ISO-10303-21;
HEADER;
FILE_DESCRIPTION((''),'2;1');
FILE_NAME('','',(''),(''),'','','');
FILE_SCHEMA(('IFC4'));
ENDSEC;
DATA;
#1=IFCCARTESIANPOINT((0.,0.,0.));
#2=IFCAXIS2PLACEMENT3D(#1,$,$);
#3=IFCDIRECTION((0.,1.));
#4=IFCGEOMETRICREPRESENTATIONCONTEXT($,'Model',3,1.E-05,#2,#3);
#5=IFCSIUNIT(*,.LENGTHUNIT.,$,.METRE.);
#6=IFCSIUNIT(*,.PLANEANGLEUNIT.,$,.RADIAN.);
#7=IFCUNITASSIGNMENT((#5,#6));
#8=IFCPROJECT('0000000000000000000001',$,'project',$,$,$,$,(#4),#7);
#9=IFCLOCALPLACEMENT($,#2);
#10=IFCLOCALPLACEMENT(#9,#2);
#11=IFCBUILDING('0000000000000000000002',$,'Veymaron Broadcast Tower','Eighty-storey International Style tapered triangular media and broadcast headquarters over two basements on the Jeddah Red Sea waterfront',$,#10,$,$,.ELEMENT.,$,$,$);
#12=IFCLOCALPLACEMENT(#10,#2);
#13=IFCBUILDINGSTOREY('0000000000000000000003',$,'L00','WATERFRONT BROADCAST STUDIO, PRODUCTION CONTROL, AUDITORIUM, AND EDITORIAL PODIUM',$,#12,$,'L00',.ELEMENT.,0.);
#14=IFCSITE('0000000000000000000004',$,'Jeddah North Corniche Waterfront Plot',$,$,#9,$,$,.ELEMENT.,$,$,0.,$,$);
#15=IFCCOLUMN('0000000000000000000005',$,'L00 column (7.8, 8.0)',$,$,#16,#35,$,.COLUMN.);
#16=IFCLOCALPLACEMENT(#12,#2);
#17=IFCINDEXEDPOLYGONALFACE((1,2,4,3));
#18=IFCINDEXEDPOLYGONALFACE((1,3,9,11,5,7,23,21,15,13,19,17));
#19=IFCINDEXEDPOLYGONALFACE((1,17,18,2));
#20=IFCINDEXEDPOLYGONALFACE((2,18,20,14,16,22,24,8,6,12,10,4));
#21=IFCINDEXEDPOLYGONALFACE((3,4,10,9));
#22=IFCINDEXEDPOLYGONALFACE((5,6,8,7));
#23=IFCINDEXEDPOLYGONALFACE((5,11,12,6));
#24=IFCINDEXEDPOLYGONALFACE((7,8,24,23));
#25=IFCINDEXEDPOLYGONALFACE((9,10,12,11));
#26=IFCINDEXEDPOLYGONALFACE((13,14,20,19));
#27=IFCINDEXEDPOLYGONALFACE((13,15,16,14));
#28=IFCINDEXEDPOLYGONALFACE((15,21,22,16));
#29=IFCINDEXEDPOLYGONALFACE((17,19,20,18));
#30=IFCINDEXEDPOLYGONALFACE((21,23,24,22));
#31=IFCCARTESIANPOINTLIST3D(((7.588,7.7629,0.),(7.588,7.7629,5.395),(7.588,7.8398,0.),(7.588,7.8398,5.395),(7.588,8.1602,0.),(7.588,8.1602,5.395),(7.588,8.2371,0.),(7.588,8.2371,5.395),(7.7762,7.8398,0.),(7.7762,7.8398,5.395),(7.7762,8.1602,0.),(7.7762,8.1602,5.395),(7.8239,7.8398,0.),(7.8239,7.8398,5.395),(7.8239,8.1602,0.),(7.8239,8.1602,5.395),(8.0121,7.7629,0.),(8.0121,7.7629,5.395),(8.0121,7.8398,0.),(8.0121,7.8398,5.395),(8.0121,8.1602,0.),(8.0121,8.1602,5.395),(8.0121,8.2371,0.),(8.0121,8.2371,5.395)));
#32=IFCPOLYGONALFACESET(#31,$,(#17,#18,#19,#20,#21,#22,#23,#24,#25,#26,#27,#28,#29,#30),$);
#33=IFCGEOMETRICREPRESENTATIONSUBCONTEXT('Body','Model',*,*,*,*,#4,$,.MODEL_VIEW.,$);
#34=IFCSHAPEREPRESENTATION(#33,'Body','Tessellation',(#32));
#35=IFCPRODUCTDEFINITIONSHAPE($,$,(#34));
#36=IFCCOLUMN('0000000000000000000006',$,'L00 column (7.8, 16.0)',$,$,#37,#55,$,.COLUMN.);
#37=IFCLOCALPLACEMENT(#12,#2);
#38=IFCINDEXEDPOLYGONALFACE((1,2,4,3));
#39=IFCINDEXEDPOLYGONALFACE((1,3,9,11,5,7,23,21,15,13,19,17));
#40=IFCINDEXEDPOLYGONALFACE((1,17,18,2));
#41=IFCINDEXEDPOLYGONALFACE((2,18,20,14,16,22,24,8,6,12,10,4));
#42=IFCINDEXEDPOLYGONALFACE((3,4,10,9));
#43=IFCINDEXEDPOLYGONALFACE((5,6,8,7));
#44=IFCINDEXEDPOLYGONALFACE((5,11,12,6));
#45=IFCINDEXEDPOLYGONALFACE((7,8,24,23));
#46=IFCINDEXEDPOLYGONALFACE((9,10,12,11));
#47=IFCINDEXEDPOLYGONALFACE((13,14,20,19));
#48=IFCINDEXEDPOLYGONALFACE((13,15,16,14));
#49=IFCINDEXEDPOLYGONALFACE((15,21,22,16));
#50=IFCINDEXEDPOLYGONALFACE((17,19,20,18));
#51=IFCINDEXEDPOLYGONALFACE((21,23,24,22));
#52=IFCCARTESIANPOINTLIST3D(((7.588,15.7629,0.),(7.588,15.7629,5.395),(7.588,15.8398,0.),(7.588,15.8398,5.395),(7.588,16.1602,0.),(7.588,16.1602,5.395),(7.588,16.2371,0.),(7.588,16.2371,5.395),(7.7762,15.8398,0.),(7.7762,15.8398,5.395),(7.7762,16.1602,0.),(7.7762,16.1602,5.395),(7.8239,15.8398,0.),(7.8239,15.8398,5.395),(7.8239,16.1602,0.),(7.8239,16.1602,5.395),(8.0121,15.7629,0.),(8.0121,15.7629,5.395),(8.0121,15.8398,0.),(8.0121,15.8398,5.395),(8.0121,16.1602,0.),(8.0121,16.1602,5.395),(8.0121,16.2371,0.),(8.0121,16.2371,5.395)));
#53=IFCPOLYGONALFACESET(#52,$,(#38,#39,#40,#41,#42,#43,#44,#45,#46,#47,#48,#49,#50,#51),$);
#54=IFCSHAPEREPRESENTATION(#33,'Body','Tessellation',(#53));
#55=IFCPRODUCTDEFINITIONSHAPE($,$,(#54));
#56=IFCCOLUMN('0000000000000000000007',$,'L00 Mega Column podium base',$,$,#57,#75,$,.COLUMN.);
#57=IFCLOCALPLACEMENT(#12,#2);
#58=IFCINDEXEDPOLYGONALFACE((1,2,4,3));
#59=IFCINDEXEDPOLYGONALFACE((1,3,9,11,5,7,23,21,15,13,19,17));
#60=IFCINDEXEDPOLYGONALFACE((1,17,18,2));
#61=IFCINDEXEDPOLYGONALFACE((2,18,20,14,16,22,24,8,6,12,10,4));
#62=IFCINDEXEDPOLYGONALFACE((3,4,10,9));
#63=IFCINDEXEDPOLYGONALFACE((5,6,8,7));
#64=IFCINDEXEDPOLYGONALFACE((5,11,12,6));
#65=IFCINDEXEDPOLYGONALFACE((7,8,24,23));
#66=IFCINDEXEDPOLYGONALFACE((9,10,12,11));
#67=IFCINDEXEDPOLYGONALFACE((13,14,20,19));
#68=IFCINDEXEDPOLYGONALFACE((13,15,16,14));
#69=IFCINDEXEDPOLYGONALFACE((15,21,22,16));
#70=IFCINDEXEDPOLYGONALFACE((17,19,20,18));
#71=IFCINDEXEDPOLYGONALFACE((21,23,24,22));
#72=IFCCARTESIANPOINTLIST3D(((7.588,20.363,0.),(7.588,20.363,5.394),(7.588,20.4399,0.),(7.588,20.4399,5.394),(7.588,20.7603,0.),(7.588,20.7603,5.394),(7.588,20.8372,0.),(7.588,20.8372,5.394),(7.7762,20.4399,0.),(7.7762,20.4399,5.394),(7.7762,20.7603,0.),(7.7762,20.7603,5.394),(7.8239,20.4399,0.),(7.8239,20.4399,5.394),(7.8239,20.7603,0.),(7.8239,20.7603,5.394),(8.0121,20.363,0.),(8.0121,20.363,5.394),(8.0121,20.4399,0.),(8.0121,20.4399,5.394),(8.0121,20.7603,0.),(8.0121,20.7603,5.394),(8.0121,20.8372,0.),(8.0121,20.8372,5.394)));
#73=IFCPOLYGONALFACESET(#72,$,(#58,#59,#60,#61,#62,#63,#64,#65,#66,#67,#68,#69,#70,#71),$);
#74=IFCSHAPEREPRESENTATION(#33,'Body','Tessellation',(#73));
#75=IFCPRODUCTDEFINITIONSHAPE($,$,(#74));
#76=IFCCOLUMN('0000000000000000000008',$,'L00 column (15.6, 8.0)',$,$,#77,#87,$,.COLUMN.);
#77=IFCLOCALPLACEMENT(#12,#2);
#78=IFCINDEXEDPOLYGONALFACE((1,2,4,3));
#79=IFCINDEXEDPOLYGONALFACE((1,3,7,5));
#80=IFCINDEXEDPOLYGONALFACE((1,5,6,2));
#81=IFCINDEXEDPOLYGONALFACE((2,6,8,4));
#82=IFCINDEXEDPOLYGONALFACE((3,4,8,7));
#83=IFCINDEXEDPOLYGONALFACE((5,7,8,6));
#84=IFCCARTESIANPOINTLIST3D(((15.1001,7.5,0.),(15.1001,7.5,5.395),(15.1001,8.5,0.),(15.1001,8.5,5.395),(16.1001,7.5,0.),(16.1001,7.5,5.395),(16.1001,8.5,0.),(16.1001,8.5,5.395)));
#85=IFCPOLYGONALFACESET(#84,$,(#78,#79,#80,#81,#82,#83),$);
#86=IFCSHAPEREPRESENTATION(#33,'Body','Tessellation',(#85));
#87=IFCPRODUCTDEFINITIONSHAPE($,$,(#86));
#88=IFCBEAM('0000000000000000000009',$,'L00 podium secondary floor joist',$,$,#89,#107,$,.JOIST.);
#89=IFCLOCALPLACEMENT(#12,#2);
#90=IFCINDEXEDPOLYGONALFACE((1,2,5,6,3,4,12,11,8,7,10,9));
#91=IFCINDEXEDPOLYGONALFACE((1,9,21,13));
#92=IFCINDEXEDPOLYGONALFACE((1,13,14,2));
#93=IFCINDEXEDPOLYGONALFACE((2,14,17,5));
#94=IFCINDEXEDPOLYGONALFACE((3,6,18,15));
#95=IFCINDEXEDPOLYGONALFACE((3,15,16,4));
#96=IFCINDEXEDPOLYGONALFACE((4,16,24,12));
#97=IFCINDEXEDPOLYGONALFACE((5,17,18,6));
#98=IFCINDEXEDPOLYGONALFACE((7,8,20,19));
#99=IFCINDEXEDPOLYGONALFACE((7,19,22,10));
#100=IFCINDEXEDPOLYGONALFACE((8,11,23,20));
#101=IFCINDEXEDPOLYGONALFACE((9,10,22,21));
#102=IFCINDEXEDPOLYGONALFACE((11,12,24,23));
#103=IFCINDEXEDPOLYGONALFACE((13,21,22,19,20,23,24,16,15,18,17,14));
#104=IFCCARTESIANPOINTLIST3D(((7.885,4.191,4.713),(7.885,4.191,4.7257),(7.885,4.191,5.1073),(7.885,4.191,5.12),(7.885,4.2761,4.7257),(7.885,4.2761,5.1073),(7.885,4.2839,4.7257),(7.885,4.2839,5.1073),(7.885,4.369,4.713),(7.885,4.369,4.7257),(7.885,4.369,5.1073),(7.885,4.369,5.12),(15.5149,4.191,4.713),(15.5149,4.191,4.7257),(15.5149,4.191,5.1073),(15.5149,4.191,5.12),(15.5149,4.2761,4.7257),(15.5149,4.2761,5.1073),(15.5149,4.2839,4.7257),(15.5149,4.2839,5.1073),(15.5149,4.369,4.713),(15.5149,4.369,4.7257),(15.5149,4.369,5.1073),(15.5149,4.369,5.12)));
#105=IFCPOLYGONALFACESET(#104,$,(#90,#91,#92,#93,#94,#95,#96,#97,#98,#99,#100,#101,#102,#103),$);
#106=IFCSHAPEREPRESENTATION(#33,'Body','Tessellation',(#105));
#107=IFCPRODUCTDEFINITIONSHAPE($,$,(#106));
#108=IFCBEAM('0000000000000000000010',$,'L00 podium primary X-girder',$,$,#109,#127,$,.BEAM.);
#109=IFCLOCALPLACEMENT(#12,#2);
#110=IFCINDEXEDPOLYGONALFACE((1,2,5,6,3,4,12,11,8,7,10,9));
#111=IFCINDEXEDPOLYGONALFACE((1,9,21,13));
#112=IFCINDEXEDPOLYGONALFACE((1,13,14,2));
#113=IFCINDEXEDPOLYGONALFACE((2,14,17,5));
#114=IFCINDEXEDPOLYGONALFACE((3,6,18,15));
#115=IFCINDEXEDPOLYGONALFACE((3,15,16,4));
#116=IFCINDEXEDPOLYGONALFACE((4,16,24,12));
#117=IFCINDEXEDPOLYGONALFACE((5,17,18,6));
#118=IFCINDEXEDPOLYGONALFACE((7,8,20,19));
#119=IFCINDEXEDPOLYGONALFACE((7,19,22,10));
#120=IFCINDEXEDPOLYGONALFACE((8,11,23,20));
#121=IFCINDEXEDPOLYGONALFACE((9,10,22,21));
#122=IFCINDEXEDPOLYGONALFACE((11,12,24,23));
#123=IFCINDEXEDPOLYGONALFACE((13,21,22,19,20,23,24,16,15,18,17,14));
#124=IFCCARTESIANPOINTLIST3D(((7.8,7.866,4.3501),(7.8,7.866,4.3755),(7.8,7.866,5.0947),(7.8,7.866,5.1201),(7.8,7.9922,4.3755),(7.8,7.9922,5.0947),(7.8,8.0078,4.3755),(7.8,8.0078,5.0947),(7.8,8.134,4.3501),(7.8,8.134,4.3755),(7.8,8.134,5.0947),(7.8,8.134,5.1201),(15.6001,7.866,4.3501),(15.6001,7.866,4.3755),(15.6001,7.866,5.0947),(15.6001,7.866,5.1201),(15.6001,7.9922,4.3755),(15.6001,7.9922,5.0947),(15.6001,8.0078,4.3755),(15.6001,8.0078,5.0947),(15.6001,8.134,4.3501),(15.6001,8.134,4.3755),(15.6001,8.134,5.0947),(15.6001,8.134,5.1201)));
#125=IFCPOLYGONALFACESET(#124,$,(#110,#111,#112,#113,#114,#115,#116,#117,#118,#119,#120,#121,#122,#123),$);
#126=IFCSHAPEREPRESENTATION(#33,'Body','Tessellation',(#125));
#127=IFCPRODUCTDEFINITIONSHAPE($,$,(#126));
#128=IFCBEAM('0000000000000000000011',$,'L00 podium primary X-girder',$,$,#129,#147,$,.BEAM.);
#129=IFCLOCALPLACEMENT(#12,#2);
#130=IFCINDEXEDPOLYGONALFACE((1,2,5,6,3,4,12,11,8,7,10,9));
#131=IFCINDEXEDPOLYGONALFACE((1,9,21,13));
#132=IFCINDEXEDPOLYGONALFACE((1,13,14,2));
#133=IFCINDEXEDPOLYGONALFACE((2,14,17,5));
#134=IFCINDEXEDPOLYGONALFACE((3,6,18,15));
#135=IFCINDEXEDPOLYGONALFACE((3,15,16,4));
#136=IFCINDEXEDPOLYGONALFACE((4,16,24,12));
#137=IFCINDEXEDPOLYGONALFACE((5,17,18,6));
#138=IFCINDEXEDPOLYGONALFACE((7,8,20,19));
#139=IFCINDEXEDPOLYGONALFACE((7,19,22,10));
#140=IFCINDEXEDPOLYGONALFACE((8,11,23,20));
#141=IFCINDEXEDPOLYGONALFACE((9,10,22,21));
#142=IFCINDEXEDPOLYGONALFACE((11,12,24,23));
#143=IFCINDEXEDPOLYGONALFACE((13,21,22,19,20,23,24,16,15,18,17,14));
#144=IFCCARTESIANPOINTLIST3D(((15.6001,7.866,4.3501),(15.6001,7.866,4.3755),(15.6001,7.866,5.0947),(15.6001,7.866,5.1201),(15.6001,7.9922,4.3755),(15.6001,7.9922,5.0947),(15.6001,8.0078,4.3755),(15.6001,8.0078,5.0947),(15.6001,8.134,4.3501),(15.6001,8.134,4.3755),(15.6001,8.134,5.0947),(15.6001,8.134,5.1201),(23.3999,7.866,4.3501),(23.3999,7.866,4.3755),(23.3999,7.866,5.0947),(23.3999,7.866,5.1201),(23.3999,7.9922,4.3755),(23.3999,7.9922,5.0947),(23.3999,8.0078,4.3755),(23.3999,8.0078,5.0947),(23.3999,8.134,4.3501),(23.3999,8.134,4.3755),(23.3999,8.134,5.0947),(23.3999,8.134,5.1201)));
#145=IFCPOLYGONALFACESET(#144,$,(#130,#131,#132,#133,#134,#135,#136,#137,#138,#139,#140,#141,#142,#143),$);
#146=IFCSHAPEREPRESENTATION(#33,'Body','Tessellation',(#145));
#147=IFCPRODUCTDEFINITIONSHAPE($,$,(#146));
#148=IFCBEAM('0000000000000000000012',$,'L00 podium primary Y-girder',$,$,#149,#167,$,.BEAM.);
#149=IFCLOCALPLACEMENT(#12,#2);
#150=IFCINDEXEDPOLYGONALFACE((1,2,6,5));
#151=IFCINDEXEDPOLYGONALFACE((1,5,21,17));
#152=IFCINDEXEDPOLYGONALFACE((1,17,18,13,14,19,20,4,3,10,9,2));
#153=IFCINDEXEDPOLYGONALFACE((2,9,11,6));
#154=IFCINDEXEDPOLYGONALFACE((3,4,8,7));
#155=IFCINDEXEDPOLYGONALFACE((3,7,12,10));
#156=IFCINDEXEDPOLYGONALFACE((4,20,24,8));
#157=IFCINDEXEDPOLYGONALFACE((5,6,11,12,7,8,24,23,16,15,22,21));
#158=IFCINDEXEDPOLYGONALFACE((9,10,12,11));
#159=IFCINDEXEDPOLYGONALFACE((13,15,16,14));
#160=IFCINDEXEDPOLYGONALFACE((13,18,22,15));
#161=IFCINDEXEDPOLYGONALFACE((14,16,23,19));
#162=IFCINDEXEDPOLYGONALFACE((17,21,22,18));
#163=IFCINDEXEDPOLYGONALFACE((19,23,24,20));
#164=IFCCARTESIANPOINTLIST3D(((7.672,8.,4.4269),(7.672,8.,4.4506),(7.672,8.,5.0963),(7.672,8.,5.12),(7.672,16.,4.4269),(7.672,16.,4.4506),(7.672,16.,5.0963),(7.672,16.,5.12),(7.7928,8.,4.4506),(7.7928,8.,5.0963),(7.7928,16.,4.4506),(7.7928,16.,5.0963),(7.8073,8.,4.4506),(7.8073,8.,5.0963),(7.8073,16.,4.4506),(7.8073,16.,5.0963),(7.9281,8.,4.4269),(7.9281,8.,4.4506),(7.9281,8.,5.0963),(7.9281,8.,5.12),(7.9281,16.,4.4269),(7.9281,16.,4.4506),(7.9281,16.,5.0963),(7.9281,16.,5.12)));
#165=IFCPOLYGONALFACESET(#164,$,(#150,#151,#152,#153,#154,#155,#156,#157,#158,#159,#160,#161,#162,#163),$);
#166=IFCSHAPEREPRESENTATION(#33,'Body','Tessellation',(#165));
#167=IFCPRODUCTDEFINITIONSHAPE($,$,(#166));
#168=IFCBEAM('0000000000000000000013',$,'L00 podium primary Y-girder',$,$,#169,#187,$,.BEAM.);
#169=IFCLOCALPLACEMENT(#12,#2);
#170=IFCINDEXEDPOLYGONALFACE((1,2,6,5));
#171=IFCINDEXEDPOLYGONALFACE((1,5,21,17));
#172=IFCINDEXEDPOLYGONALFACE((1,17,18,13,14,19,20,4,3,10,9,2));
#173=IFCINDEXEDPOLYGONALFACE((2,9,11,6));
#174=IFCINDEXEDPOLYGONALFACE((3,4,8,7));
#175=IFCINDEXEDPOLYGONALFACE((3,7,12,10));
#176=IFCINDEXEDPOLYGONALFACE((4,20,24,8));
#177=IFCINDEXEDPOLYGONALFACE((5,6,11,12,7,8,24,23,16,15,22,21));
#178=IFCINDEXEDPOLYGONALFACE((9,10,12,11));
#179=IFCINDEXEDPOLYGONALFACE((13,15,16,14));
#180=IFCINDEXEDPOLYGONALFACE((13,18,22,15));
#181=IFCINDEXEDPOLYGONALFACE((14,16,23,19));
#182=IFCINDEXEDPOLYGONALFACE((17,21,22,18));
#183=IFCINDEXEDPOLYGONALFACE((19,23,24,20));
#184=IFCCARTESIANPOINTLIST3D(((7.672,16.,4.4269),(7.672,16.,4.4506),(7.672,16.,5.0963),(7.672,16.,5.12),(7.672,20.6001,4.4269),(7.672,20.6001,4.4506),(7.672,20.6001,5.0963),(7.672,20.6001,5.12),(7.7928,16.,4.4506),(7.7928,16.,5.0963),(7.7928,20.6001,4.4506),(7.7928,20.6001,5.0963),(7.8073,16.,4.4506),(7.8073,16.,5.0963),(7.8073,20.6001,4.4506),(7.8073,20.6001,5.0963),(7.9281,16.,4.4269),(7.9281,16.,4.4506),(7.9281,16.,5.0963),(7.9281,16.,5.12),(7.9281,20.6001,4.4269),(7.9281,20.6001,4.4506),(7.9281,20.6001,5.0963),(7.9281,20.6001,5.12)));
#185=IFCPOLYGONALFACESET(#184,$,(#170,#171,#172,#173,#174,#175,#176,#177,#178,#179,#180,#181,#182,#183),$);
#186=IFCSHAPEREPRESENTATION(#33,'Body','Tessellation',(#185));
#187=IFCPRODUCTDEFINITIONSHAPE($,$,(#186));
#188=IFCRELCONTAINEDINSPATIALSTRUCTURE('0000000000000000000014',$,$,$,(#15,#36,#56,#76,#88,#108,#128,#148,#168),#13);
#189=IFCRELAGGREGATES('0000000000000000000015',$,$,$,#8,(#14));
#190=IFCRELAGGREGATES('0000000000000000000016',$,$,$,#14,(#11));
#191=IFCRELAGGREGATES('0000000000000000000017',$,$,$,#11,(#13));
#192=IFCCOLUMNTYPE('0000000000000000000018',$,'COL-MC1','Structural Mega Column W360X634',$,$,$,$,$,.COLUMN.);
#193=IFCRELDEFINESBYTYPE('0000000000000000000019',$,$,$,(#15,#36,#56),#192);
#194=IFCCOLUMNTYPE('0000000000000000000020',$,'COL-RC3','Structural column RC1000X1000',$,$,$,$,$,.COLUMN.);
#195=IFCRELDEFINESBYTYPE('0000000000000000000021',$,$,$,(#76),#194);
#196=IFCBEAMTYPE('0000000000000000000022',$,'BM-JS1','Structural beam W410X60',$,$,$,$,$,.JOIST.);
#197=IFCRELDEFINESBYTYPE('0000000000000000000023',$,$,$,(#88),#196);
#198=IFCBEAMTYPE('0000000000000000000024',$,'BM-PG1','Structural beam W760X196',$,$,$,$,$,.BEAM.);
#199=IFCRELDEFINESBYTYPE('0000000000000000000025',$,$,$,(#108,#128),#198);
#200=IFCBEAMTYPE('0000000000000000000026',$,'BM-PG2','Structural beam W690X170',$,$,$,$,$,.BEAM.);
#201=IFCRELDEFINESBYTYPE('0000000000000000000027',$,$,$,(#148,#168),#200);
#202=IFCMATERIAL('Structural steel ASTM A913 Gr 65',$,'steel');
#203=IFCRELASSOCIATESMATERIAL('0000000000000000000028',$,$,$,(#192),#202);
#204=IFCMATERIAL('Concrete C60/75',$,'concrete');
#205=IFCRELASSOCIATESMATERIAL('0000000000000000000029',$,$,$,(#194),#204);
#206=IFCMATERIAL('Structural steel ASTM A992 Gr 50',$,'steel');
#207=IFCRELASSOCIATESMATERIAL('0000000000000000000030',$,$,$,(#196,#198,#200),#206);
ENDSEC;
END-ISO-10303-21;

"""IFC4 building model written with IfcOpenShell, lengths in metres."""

from ifc_helpers import new_model, si_unit, direction, frame, origin, origin_2d, place, context, subcontext, project, spatial, rectangle, i_section, extrude, material, material_profile, profile_set, type_object, element, save


model = new_model("IFC4")

# Units and contexts
model_context = context("Model", 3, precision=1e-05, world=origin(), true_north=direction((0.0, 1.0)))
body_context = subcontext(model_context, "Body", "Model", "MODEL_VIEW")
ifc_project = project(units=[si_unit("LENGTHUNIT", "METRE"), si_unit("PLANEANGLEUNIT", "RADIAN")], contexts=[model_context])

# Site, building, storey
site_placement = place(None, origin())
site = spatial("IfcSite", under=ifc_project, at=site_placement, Name="Jeddah North Corniche Waterfront Plot", CompositionType="ELEMENT", RefElevation=0.0)
building_placement = place(site_placement, origin())
building = spatial("IfcBuilding", under=site, at=building_placement, Name="Veymaron Broadcast Tower", Description="Eighty-storey International Style tapered triangular media and broadcast headquarters over two basements on the Jeddah Red Sea waterfront", CompositionType="ELEMENT")
storey_placement = place(building_placement, origin())
storey = spatial("IfcBuildingStorey", under=building, at=storey_placement, Name="L00", Description="WATERFRONT BROADCAST STUDIO, PRODUCTION CONTROL, AUDITORIUM, AND EDITORIAL PODIUM", LongName="L00", CompositionType="ELEMENT", Elevation=0.0)

# Columns
ifc_material_1 = material(Name="Structural steel ASTM A913 Gr 65", Category="steel")
ifc_material_profile_1 = material_profile(ifc_material_1, i_section(OverallWidth=0.4241, OverallDepth=0.4741, WebThickness=0.0476, FlangeThickness=0.0769, at=origin_2d()), Name="W360X634")
ifc_profile_set_1 = profile_set([ifc_material_profile_1], Name="Structural steel ASTM A913 Gr 65")
column_type_1 = type_object("IfcColumnType", Name="COL-MC1", Description="Structural Mega Column W360X634", PredefinedType="COLUMN", material=ifc_profile_set_1)
for number, where, z_axis, x_axis, name in (
    (1, (7.8, 8.0, 0.0), (0.0, 0.0, 1.0), (1.0, 0.0, 0.0), "L00 column (7.8, 8.0)"),
    (2, (7.8, 16.0, 0.0), (0.0, 0.0, 1.0), (1.0, 0.0, 0.0), "L00 column (7.8, 16.0)"),
):
    element("IfcColumn", number, at=place(storey_placement, frame(where, z_axis=z_axis, x_axis=x_axis)), inside=storey, type_object=column_type_1, Name=name, PredefinedType="COLUMN", context=body_context, shape_type="SweptSolid", body=[
        extrude(i_section(OverallWidth=0.4241, OverallDepth=0.4741, WebThickness=0.0476, FlangeThickness=0.0769, at=origin_2d()), origin(), (0.0, 0.0, 1.0), 5.395),
    ])
column_1_placement = place(storey_placement, frame((7.8, 20.6001, 0.0), z_axis=(0.0, 0.0, 1.0), x_axis=(1.0, 0.0, 0.0)))
element("IfcColumn", 3, at=column_1_placement, inside=storey, type_object=column_type_1, Name="L00 Mega Column podium base", PredefinedType="COLUMN", context=body_context, shape_type="SweptSolid", body=[
    extrude(i_section(OverallWidth=0.4241, OverallDepth=0.4741, WebThickness=0.0476, FlangeThickness=0.0769, at=origin_2d()), origin(), (0.0, 0.0, 1.0), 5.394),
])
ifc_material_2 = material(Name="Concrete C60/75", Category="concrete")
ifc_material_profile_2 = material_profile(ifc_material_2, rectangle(XDim=1.0, YDim=1.0, at=origin_2d()), Name="RC1000X1000")
ifc_profile_set_2 = profile_set([ifc_material_profile_2], Name="Concrete C60/75")
column_type_2 = type_object("IfcColumnType", Name="COL-RC3", Description="Structural column RC1000X1000", PredefinedType="COLUMN", material=ifc_profile_set_2)
column_2_placement = place(storey_placement, frame((15.6001, 8.0, 0.0), z_axis=(0.0, 0.0, 1.0), x_axis=(1.0, 0.0, 0.0)))
element("IfcColumn", 4, at=column_2_placement, inside=storey, type_object=column_type_2, Name="L00 column (15.6, 8.0)", PredefinedType="COLUMN", context=body_context, shape_type="SweptSolid", body=[
    extrude(rectangle(XDim=1.0, YDim=1.0, at=origin_2d()), origin(), (0.0, 0.0, 1.0), 5.395),
])

# Beams
ifc_material_3 = material(Name="Structural steel ASTM A992 Gr 50", Category="steel")
ifc_material_profile_3 = material_profile(ifc_material_3, i_section(OverallWidth=0.178, OverallDepth=0.407, WebThickness=0.0078, FlangeThickness=0.0127, at=origin_2d()), Name="W410X60")
ifc_profile_set_3 = profile_set([ifc_material_profile_3], Name="Structural steel ASTM A992 Gr 50")
beam_type_1 = type_object("IfcBeamType", Name="BM-JS1", Description="Structural beam W410X60", PredefinedType="JOIST", material=ifc_profile_set_3)
beam_1_placement = place(storey_placement, frame((7.885, 4.28, 4.9165), z_axis=(1.0, 0.0, 0.0), x_axis=(0.0, 1.0, 0.0)))
element("IfcBeam", 5, at=beam_1_placement, inside=storey, type_object=beam_type_1, Name="L00 podium secondary floor joist", PredefinedType="JOIST", context=body_context, shape_type="SweptSolid", body=[
    extrude(i_section(OverallWidth=0.178, OverallDepth=0.407, WebThickness=0.0078, FlangeThickness=0.0127, at=origin_2d()), origin(), (0.0, 0.0, 1.0), 7.6299),
])
ifc_material_profile_4 = material_profile(ifc_material_3, i_section(OverallWidth=0.2681, OverallDepth=0.77, WebThickness=0.0156, FlangeThickness=0.0254, at=origin_2d()), Name="W760X196")
ifc_profile_set_4 = profile_set([ifc_material_profile_4], Name="Structural steel ASTM A992 Gr 50")
beam_type_2 = type_object("IfcBeamType", Name="BM-PG1", Description="Structural beam W760X196", PredefinedType="BEAM", material=ifc_profile_set_4)
beam_2_placement = place(storey_placement, frame((7.8, 8.0, 4.7351), z_axis=(1.0, 0.0, 0.0), x_axis=(0.0, 1.0, 0.0)))
element("IfcBeam", 6, at=beam_2_placement, inside=storey, type_object=beam_type_2, Name="L00 podium primary X-girder", PredefinedType="BEAM", context=body_context, shape_type="SweptSolid", body=[
    extrude(i_section(OverallWidth=0.2681, OverallDepth=0.77, WebThickness=0.0156, FlangeThickness=0.0254, at=origin_2d()), origin(), (0.0, 0.0, 1.0), 7.8),
])
beam_3_placement = place(storey_placement, frame((15.6001, 8.0, 4.7351), z_axis=(1.0, 0.0, 0.0), x_axis=(0.0, 1.0, 0.0)))
element("IfcBeam", 7, at=beam_3_placement, inside=storey, type_object=beam_type_2, Name="L00 podium primary X-girder", PredefinedType="BEAM", context=body_context, shape_type="SweptSolid", body=[
    extrude(i_section(OverallWidth=0.2681, OverallDepth=0.77, WebThickness=0.0156, FlangeThickness=0.0254, at=origin_2d()), origin(), (0.0, 0.0, 1.0), 7.7998),
])
ifc_material_profile_5 = material_profile(ifc_material_3, i_section(OverallWidth=0.2561, OverallDepth=0.6931, WebThickness=0.0144, FlangeThickness=0.0237, at=origin_2d()), Name="W690X170")
ifc_profile_set_5 = profile_set([ifc_material_profile_5], Name="Structural steel ASTM A992 Gr 50")
beam_type_3 = type_object("IfcBeamType", Name="BM-PG2", Description="Structural beam W690X170", PredefinedType="BEAM", material=ifc_profile_set_5)
beam_4_placement = place(storey_placement, frame((7.8, 8.0, 4.7734), z_axis=(0.0, 1.0, 0.0), x_axis=(-1.0, 0.0, 0.0)))
element("IfcBeam", 8, at=beam_4_placement, inside=storey, type_object=beam_type_3, Name="L00 podium primary Y-girder", PredefinedType="BEAM", context=body_context, shape_type="SweptSolid", body=[
    extrude(i_section(OverallWidth=0.2561, OverallDepth=0.6931, WebThickness=0.0144, FlangeThickness=0.0237, at=origin_2d()), origin(), (0.0, 0.0, 1.0), 8.0),
])
beam_5_placement = place(storey_placement, frame((7.8, 16.0, 4.7734), z_axis=(0.0, 1.0, 0.0), x_axis=(-1.0, 0.0, 0.0)))
element("IfcBeam", 9, at=beam_5_placement, inside=storey, type_object=beam_type_3, Name="L00 podium primary Y-girder", PredefinedType="BEAM", context=body_context, shape_type="SweptSolid", body=[
    extrude(i_section(OverallWidth=0.2561, OverallDepth=0.6931, WebThickness=0.0144, FlangeThickness=0.0237, at=origin_2d()), origin(), (0.0, 0.0, 1.0), 4.6001),
])

save(model, "model.ifc")
